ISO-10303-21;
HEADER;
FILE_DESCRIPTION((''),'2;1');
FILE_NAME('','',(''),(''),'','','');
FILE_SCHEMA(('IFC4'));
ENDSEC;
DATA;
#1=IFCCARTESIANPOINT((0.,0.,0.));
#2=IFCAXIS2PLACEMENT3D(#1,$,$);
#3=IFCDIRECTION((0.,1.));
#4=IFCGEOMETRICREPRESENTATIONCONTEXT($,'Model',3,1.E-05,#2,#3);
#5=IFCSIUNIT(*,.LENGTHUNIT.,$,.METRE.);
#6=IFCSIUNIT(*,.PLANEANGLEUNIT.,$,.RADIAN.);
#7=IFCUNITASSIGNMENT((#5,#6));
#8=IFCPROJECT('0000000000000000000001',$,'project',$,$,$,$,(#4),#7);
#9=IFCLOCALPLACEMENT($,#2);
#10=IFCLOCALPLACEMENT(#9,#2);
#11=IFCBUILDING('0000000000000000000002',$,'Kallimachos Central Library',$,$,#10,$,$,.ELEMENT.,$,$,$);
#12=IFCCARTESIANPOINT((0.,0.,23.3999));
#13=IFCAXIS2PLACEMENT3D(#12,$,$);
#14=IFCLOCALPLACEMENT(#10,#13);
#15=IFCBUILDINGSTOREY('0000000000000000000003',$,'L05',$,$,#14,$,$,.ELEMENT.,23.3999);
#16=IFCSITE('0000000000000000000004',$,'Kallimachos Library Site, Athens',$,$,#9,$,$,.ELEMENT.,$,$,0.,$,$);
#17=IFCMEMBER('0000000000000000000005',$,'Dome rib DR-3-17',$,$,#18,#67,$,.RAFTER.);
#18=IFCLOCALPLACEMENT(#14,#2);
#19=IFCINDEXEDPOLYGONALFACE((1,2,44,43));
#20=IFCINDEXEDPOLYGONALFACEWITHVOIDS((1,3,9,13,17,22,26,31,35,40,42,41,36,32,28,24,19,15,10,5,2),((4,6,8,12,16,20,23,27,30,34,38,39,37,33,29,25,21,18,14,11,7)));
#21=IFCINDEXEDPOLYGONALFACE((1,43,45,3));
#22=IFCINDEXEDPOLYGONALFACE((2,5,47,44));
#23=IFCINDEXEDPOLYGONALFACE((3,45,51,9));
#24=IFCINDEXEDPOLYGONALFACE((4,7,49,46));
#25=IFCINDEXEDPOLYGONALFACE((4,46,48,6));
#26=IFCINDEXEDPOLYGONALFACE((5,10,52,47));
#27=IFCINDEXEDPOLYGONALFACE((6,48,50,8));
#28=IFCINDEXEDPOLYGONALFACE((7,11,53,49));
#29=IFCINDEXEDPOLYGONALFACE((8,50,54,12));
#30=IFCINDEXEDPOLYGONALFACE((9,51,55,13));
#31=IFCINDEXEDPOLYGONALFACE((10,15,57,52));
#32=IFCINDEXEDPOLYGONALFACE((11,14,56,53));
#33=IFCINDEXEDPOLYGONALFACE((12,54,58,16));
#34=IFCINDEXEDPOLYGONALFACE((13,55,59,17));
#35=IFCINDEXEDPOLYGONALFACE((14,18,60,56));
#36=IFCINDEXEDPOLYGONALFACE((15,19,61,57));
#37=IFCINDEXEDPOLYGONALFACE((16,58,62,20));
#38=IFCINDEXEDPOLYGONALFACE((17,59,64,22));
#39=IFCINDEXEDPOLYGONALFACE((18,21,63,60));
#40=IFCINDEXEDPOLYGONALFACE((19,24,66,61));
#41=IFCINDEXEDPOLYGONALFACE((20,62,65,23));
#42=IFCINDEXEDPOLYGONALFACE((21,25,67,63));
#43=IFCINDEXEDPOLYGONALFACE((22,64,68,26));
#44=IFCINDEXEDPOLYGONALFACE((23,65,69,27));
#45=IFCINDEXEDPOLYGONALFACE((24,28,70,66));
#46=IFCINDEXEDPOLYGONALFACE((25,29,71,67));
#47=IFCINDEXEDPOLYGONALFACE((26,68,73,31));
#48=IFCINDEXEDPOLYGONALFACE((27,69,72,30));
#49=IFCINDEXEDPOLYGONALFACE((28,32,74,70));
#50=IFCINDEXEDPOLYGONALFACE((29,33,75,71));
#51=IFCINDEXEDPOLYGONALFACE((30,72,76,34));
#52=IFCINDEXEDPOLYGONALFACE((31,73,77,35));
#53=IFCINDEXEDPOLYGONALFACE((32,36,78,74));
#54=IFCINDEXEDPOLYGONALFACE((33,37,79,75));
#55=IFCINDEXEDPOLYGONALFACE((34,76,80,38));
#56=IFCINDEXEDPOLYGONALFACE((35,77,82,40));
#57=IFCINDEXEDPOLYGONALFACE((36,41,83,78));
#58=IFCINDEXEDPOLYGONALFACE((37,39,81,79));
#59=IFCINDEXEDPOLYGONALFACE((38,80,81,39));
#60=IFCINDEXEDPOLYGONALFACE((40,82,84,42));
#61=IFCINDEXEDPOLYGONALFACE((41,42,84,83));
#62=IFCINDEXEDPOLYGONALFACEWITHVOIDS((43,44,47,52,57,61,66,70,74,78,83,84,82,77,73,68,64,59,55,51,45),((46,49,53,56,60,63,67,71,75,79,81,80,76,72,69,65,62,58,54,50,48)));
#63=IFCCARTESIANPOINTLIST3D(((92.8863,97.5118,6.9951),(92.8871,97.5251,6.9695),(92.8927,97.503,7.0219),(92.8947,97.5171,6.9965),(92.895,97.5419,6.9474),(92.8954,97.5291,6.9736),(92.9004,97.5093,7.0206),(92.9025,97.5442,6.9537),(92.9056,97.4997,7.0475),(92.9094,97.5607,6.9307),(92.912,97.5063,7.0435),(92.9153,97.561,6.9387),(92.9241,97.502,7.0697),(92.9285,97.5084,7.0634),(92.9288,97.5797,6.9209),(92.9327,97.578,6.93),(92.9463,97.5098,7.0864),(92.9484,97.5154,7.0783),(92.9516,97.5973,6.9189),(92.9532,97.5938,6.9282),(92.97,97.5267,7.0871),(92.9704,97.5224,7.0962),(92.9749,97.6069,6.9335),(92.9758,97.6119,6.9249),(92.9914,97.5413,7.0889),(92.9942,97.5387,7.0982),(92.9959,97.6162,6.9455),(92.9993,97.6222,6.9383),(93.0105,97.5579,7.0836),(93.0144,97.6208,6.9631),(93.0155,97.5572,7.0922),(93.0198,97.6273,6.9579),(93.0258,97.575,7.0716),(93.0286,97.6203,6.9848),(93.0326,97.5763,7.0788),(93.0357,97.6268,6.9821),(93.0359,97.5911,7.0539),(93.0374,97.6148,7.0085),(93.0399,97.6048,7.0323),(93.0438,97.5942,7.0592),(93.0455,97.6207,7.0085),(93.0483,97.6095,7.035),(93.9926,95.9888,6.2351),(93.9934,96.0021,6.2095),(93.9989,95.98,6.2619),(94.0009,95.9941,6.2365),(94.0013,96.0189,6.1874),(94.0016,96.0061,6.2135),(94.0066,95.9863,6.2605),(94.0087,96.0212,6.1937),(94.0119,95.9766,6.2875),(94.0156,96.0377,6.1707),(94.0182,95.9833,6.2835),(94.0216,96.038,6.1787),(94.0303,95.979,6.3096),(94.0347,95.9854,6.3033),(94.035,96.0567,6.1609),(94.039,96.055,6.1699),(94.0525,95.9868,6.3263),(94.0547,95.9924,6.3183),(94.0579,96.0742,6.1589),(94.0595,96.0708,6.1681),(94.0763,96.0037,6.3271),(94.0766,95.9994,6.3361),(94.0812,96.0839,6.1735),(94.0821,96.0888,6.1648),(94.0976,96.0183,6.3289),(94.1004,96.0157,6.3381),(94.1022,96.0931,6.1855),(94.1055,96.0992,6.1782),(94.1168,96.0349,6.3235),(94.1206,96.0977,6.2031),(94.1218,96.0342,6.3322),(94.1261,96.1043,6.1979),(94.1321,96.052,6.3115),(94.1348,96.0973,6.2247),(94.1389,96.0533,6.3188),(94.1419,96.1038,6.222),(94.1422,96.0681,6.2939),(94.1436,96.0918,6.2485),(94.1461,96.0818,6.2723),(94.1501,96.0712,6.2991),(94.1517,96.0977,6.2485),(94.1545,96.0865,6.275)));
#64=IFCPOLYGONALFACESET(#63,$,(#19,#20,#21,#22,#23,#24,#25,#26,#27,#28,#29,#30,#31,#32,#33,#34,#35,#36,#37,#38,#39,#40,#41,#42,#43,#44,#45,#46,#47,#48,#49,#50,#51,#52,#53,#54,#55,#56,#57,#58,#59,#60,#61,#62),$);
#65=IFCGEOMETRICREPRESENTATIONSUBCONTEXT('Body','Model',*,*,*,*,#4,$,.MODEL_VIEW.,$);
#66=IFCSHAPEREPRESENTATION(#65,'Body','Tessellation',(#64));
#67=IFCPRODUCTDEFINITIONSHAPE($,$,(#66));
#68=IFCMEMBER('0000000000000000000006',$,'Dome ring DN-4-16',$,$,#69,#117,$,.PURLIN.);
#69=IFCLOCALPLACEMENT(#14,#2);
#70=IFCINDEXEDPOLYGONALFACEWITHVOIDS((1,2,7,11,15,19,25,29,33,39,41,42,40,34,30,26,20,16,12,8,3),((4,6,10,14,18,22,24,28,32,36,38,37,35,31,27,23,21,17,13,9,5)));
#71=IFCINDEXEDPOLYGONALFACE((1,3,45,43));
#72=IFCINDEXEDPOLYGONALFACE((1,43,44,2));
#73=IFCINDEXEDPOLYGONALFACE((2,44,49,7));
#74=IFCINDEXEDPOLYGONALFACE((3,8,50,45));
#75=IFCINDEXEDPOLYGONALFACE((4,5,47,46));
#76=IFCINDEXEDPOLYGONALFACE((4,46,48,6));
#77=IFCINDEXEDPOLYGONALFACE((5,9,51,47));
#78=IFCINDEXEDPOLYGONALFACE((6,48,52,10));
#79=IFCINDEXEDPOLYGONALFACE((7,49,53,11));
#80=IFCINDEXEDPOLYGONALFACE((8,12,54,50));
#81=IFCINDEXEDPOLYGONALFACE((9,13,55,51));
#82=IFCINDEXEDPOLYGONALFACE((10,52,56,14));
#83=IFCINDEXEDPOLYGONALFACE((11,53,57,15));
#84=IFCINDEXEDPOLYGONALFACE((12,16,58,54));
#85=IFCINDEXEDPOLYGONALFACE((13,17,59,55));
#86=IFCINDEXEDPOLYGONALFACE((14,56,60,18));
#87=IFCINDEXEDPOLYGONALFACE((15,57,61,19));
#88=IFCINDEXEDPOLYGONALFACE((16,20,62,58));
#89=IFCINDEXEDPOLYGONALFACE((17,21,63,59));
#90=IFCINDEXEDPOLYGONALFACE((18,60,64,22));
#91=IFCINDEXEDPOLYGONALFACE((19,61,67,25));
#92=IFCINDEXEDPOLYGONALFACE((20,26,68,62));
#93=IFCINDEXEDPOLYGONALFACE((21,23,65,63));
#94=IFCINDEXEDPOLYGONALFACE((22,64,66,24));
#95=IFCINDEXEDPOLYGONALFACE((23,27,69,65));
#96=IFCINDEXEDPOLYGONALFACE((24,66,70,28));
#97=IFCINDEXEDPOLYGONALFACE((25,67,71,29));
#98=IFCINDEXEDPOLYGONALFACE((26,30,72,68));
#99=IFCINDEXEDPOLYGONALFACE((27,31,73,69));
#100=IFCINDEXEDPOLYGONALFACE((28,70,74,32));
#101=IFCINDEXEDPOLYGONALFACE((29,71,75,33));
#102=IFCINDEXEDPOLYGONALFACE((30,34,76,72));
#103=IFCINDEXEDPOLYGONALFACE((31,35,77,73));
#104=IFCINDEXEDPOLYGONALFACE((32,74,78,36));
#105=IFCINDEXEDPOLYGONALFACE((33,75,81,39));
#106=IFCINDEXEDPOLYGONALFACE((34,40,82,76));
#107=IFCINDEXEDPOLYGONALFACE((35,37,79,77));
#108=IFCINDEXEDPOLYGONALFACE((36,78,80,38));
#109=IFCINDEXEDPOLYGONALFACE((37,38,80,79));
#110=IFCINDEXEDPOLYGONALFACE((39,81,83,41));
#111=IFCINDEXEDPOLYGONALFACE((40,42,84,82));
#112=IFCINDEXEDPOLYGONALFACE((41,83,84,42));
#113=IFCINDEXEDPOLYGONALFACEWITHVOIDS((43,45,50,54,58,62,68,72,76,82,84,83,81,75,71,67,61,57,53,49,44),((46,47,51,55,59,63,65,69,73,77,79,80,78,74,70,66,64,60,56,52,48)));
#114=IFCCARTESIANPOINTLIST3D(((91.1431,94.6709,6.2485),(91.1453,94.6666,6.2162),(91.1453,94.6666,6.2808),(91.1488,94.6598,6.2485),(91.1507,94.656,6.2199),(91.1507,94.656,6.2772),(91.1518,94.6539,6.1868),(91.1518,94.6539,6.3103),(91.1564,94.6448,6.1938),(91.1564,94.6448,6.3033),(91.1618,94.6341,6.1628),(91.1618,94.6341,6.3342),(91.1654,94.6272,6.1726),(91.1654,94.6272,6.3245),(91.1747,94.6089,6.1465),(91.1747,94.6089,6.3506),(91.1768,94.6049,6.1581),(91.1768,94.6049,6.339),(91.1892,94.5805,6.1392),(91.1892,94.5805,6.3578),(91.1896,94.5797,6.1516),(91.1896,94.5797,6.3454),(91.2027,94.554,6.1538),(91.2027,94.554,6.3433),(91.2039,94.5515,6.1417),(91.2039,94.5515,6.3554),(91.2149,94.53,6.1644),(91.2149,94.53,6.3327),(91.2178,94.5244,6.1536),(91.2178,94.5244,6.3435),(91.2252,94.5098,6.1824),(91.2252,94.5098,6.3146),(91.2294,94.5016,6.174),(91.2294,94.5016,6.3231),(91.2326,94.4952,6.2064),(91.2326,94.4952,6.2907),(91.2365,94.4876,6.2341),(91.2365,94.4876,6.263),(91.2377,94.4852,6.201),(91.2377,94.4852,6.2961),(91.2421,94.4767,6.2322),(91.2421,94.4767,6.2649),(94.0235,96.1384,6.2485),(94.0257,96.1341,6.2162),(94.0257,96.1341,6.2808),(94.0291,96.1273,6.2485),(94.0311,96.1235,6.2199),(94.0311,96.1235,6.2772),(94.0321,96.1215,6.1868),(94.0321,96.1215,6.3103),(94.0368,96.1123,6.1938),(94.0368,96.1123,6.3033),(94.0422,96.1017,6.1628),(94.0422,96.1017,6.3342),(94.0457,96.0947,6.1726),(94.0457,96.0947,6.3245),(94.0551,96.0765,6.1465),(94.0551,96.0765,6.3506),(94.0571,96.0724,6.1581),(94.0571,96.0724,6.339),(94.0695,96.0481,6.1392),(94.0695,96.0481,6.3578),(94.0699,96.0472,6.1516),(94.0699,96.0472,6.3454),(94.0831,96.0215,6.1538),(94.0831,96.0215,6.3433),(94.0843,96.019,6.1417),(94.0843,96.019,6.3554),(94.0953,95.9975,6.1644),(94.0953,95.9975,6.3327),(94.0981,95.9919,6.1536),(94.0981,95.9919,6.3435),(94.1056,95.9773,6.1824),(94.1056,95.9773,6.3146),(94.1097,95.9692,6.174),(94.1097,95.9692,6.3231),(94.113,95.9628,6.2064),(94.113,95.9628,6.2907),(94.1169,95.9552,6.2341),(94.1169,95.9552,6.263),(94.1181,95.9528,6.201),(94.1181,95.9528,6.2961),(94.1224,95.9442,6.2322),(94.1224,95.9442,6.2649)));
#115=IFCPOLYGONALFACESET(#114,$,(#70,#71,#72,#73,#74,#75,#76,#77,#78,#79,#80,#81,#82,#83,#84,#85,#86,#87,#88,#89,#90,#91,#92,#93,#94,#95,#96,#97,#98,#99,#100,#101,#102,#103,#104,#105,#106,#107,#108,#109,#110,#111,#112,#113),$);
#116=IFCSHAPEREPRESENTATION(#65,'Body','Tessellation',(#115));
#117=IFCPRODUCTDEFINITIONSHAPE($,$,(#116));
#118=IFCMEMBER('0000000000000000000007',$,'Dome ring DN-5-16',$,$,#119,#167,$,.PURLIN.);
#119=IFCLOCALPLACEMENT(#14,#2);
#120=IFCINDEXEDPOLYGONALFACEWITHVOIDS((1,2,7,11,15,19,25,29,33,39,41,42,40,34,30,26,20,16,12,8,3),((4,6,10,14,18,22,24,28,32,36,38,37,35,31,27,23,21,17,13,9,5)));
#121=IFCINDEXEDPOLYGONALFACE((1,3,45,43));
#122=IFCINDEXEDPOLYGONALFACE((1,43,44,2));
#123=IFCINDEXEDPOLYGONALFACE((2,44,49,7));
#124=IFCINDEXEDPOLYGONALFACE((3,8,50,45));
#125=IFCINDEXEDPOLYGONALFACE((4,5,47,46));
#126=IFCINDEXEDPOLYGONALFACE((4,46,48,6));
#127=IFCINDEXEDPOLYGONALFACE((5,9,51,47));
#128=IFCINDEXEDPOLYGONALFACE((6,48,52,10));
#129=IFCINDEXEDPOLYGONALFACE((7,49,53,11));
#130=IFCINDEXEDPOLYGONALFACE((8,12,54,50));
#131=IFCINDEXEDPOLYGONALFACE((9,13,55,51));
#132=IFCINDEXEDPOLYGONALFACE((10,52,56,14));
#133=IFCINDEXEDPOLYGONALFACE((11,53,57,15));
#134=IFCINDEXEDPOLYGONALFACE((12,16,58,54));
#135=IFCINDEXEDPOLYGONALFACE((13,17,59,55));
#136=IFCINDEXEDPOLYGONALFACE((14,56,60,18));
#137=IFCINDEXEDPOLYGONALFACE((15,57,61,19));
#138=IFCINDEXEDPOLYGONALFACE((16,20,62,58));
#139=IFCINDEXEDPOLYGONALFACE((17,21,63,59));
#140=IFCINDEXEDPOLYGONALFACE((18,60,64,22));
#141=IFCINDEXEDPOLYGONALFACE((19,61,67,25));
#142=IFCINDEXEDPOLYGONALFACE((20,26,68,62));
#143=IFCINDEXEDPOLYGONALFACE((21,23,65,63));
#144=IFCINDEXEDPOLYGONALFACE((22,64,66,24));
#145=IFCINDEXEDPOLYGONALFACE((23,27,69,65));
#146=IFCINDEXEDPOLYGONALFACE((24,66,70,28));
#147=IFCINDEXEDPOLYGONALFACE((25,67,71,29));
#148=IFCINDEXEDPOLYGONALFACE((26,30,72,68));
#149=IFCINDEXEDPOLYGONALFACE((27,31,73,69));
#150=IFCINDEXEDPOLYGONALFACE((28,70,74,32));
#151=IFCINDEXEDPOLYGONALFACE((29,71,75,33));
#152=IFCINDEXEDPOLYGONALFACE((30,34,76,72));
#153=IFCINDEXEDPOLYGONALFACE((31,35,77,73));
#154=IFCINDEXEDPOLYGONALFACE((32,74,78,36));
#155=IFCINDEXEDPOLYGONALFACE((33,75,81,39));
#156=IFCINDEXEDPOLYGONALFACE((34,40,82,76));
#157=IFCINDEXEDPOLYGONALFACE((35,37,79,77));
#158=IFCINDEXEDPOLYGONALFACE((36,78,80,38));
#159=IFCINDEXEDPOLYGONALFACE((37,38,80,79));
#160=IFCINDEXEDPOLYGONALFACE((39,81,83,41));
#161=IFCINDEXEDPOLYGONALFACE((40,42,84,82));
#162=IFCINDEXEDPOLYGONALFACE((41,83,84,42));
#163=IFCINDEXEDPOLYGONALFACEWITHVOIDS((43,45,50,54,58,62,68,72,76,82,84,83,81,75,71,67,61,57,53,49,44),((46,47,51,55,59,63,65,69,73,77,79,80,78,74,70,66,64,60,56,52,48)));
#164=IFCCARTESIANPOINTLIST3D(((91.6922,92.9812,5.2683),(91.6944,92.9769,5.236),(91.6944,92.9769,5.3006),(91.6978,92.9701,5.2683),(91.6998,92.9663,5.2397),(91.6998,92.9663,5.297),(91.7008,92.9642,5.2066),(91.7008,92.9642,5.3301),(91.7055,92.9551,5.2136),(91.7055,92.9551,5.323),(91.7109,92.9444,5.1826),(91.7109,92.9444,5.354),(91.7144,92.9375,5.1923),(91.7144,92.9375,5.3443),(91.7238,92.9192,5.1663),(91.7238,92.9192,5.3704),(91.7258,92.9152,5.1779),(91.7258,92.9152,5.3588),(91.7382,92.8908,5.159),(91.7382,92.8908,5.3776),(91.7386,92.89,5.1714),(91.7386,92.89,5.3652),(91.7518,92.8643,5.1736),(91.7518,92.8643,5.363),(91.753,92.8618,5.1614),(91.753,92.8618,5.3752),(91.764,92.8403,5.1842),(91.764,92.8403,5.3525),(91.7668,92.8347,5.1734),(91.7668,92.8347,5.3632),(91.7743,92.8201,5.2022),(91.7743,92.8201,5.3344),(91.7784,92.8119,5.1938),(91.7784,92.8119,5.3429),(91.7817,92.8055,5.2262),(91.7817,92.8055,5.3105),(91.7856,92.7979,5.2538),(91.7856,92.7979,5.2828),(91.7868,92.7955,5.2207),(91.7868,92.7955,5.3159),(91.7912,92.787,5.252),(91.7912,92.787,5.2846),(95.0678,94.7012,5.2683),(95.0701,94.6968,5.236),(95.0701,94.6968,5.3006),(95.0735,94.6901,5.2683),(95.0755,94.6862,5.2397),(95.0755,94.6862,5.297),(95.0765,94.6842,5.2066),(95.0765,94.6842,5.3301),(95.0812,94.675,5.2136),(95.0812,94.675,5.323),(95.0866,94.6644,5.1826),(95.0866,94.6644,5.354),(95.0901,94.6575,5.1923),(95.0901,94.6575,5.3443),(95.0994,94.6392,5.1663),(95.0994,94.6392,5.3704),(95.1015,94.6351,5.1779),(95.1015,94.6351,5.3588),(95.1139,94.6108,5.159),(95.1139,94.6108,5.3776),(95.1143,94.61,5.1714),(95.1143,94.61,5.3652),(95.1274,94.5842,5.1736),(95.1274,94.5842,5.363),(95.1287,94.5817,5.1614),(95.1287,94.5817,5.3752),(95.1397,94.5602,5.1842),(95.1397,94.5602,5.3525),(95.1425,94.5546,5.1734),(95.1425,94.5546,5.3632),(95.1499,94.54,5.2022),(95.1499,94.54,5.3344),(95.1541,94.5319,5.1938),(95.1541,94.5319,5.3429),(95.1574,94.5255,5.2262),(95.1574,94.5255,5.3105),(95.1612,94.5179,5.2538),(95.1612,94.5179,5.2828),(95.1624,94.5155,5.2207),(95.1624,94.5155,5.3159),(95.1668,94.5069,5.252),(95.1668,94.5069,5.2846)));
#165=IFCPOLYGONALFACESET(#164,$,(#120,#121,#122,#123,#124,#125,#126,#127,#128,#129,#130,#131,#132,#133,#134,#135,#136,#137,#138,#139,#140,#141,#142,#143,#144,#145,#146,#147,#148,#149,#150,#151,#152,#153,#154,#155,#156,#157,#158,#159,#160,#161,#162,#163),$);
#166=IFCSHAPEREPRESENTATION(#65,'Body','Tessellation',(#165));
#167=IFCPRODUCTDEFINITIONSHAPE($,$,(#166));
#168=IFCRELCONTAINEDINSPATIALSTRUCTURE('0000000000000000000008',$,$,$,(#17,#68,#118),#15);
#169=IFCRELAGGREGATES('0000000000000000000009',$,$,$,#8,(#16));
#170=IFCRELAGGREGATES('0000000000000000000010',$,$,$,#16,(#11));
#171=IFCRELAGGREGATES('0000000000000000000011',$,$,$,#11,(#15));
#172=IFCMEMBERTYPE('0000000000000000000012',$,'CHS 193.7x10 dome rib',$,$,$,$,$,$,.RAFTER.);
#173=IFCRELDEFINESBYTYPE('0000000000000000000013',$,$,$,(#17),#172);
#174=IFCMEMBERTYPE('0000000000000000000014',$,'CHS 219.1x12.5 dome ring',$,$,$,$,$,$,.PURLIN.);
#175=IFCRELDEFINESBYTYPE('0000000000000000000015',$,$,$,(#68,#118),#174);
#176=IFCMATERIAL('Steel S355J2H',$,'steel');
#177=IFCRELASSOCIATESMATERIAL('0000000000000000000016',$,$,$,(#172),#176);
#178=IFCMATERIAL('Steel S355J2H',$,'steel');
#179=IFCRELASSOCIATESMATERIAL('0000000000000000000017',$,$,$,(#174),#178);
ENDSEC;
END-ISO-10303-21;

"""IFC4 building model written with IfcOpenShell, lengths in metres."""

from ifc_helpers import new_model, si_unit, direction, frame, origin, origin_2d, place, context, subcontext, project, spatial, hollow_circle, extrude, material, material_profile, profile_set, type_object, element, save


model = new_model("IFC4")

# Units and contexts
model_context = context("Model", 3, precision=1e-05, world=origin(), true_north=direction((0.0, 1.0)))
body_context = subcontext(model_context, "Body", "Model", "MODEL_VIEW")
ifc_project = project(units=[si_unit("LENGTHUNIT", "METRE"), si_unit("PLANEANGLEUNIT", "RADIAN")], contexts=[model_context])

# Site, building, storey
site_placement = place(None, origin())
site = spatial("IfcSite", under=ifc_project, at=site_placement, Name="Kallimachos Library Site, Athens", CompositionType="ELEMENT", RefElevation=0.0)
building_placement = place(site_placement, origin())
building = spatial("IfcBuilding", under=site, at=building_placement, Name="Kallimachos Central Library", CompositionType="ELEMENT")
storey_placement = place(building_placement, frame((0.0, 0.0, 23.3999)))
storey = spatial("IfcBuildingStorey", under=building, at=storey_placement, Name="L05", CompositionType="ELEMENT", Elevation=23.3999)

# Members
ifc_material_1 = material(Name="Steel S355J2H", Category="steel")
ifc_material_profile_1 = material_profile(ifc_material_1, hollow_circle(Radius=0.0969, WallThickness=0.01, at=origin_2d()), Name="CHS 193.7x10")
ifc_profile_set_1 = profile_set([ifc_material_profile_1], Name="Steel S355J2H")
member_type_1 = type_object("IfcMemberType", Name="CHS 193.7x10 dome rib", PredefinedType="RAFTER", material=ifc_profile_set_1)
member_1_placement = place(storey_placement, frame((92.967, 97.5637, 7.0085), z_axis=(0.544942, -0.750242, -0.374399), x_axis=(0.809089, 0.587686, 0.0)))
element("IfcMember", 1, at=member_1_placement, inside=storey, type_object=member_type_1, Name="Dome rib DR-3-17", PredefinedType="RAFTER", context=body_context, shape_type="SweptSolid", body=[
    extrude(hollow_circle(Radius=0.0969, WallThickness=0.01, at=origin_2d()), origin(), (0.0, 0.0, 1.0), 2.03),
])
ifc_material_2 = material(Name="Steel S355J2H", Category="steel")
ifc_material_profile_2 = material_profile(ifc_material_2, hollow_circle(Radius=0.1096, WallThickness=0.0125, at=origin_2d()), Name="CHS 219.1x12.5")
ifc_profile_set_2 = profile_set([ifc_material_profile_2], Name="Steel S355J2H")
member_type_2 = type_object("IfcMemberType", Name="CHS 219.1x12.5 dome ring", PredefinedType="PURLIN", material=ifc_profile_set_2)
member_2_placement = place(storey_placement, frame((91.1929, 94.5732, 6.2485), z_axis=(0.891018, 0.453968, 0.0), x_axis=(-0.453968, 0.891018, 0.0)))
element("IfcMember", 2, at=member_2_placement, inside=storey, type_object=member_type_2, Name="Dome ring DN-4-16", PredefinedType="PURLIN", context=body_context, shape_type="SweptSolid", body=[
    extrude(hollow_circle(Radius=0.1096, WallThickness=0.0125, at=origin_2d()), origin(), (0.0, 0.0, 1.0), 3.2327),
])
member_3_placement = place(storey_placement, frame((91.7419, 92.8835, 5.2683), z_axis=(0.891012, 0.45398, 0.0), x_axis=(-0.45398, 0.891012, 0.0)))
element("IfcMember", 3, at=member_3_placement, inside=storey, type_object=member_type_2, Name="Dome ring DN-5-16", PredefinedType="PURLIN", context=body_context, shape_type="SweptSolid", body=[
    extrude(hollow_circle(Radius=0.1096, WallThickness=0.0125, at=origin_2d()), origin(), (0.0, 0.0, 1.0), 3.7886),
])

save(model, "model.ifc")
